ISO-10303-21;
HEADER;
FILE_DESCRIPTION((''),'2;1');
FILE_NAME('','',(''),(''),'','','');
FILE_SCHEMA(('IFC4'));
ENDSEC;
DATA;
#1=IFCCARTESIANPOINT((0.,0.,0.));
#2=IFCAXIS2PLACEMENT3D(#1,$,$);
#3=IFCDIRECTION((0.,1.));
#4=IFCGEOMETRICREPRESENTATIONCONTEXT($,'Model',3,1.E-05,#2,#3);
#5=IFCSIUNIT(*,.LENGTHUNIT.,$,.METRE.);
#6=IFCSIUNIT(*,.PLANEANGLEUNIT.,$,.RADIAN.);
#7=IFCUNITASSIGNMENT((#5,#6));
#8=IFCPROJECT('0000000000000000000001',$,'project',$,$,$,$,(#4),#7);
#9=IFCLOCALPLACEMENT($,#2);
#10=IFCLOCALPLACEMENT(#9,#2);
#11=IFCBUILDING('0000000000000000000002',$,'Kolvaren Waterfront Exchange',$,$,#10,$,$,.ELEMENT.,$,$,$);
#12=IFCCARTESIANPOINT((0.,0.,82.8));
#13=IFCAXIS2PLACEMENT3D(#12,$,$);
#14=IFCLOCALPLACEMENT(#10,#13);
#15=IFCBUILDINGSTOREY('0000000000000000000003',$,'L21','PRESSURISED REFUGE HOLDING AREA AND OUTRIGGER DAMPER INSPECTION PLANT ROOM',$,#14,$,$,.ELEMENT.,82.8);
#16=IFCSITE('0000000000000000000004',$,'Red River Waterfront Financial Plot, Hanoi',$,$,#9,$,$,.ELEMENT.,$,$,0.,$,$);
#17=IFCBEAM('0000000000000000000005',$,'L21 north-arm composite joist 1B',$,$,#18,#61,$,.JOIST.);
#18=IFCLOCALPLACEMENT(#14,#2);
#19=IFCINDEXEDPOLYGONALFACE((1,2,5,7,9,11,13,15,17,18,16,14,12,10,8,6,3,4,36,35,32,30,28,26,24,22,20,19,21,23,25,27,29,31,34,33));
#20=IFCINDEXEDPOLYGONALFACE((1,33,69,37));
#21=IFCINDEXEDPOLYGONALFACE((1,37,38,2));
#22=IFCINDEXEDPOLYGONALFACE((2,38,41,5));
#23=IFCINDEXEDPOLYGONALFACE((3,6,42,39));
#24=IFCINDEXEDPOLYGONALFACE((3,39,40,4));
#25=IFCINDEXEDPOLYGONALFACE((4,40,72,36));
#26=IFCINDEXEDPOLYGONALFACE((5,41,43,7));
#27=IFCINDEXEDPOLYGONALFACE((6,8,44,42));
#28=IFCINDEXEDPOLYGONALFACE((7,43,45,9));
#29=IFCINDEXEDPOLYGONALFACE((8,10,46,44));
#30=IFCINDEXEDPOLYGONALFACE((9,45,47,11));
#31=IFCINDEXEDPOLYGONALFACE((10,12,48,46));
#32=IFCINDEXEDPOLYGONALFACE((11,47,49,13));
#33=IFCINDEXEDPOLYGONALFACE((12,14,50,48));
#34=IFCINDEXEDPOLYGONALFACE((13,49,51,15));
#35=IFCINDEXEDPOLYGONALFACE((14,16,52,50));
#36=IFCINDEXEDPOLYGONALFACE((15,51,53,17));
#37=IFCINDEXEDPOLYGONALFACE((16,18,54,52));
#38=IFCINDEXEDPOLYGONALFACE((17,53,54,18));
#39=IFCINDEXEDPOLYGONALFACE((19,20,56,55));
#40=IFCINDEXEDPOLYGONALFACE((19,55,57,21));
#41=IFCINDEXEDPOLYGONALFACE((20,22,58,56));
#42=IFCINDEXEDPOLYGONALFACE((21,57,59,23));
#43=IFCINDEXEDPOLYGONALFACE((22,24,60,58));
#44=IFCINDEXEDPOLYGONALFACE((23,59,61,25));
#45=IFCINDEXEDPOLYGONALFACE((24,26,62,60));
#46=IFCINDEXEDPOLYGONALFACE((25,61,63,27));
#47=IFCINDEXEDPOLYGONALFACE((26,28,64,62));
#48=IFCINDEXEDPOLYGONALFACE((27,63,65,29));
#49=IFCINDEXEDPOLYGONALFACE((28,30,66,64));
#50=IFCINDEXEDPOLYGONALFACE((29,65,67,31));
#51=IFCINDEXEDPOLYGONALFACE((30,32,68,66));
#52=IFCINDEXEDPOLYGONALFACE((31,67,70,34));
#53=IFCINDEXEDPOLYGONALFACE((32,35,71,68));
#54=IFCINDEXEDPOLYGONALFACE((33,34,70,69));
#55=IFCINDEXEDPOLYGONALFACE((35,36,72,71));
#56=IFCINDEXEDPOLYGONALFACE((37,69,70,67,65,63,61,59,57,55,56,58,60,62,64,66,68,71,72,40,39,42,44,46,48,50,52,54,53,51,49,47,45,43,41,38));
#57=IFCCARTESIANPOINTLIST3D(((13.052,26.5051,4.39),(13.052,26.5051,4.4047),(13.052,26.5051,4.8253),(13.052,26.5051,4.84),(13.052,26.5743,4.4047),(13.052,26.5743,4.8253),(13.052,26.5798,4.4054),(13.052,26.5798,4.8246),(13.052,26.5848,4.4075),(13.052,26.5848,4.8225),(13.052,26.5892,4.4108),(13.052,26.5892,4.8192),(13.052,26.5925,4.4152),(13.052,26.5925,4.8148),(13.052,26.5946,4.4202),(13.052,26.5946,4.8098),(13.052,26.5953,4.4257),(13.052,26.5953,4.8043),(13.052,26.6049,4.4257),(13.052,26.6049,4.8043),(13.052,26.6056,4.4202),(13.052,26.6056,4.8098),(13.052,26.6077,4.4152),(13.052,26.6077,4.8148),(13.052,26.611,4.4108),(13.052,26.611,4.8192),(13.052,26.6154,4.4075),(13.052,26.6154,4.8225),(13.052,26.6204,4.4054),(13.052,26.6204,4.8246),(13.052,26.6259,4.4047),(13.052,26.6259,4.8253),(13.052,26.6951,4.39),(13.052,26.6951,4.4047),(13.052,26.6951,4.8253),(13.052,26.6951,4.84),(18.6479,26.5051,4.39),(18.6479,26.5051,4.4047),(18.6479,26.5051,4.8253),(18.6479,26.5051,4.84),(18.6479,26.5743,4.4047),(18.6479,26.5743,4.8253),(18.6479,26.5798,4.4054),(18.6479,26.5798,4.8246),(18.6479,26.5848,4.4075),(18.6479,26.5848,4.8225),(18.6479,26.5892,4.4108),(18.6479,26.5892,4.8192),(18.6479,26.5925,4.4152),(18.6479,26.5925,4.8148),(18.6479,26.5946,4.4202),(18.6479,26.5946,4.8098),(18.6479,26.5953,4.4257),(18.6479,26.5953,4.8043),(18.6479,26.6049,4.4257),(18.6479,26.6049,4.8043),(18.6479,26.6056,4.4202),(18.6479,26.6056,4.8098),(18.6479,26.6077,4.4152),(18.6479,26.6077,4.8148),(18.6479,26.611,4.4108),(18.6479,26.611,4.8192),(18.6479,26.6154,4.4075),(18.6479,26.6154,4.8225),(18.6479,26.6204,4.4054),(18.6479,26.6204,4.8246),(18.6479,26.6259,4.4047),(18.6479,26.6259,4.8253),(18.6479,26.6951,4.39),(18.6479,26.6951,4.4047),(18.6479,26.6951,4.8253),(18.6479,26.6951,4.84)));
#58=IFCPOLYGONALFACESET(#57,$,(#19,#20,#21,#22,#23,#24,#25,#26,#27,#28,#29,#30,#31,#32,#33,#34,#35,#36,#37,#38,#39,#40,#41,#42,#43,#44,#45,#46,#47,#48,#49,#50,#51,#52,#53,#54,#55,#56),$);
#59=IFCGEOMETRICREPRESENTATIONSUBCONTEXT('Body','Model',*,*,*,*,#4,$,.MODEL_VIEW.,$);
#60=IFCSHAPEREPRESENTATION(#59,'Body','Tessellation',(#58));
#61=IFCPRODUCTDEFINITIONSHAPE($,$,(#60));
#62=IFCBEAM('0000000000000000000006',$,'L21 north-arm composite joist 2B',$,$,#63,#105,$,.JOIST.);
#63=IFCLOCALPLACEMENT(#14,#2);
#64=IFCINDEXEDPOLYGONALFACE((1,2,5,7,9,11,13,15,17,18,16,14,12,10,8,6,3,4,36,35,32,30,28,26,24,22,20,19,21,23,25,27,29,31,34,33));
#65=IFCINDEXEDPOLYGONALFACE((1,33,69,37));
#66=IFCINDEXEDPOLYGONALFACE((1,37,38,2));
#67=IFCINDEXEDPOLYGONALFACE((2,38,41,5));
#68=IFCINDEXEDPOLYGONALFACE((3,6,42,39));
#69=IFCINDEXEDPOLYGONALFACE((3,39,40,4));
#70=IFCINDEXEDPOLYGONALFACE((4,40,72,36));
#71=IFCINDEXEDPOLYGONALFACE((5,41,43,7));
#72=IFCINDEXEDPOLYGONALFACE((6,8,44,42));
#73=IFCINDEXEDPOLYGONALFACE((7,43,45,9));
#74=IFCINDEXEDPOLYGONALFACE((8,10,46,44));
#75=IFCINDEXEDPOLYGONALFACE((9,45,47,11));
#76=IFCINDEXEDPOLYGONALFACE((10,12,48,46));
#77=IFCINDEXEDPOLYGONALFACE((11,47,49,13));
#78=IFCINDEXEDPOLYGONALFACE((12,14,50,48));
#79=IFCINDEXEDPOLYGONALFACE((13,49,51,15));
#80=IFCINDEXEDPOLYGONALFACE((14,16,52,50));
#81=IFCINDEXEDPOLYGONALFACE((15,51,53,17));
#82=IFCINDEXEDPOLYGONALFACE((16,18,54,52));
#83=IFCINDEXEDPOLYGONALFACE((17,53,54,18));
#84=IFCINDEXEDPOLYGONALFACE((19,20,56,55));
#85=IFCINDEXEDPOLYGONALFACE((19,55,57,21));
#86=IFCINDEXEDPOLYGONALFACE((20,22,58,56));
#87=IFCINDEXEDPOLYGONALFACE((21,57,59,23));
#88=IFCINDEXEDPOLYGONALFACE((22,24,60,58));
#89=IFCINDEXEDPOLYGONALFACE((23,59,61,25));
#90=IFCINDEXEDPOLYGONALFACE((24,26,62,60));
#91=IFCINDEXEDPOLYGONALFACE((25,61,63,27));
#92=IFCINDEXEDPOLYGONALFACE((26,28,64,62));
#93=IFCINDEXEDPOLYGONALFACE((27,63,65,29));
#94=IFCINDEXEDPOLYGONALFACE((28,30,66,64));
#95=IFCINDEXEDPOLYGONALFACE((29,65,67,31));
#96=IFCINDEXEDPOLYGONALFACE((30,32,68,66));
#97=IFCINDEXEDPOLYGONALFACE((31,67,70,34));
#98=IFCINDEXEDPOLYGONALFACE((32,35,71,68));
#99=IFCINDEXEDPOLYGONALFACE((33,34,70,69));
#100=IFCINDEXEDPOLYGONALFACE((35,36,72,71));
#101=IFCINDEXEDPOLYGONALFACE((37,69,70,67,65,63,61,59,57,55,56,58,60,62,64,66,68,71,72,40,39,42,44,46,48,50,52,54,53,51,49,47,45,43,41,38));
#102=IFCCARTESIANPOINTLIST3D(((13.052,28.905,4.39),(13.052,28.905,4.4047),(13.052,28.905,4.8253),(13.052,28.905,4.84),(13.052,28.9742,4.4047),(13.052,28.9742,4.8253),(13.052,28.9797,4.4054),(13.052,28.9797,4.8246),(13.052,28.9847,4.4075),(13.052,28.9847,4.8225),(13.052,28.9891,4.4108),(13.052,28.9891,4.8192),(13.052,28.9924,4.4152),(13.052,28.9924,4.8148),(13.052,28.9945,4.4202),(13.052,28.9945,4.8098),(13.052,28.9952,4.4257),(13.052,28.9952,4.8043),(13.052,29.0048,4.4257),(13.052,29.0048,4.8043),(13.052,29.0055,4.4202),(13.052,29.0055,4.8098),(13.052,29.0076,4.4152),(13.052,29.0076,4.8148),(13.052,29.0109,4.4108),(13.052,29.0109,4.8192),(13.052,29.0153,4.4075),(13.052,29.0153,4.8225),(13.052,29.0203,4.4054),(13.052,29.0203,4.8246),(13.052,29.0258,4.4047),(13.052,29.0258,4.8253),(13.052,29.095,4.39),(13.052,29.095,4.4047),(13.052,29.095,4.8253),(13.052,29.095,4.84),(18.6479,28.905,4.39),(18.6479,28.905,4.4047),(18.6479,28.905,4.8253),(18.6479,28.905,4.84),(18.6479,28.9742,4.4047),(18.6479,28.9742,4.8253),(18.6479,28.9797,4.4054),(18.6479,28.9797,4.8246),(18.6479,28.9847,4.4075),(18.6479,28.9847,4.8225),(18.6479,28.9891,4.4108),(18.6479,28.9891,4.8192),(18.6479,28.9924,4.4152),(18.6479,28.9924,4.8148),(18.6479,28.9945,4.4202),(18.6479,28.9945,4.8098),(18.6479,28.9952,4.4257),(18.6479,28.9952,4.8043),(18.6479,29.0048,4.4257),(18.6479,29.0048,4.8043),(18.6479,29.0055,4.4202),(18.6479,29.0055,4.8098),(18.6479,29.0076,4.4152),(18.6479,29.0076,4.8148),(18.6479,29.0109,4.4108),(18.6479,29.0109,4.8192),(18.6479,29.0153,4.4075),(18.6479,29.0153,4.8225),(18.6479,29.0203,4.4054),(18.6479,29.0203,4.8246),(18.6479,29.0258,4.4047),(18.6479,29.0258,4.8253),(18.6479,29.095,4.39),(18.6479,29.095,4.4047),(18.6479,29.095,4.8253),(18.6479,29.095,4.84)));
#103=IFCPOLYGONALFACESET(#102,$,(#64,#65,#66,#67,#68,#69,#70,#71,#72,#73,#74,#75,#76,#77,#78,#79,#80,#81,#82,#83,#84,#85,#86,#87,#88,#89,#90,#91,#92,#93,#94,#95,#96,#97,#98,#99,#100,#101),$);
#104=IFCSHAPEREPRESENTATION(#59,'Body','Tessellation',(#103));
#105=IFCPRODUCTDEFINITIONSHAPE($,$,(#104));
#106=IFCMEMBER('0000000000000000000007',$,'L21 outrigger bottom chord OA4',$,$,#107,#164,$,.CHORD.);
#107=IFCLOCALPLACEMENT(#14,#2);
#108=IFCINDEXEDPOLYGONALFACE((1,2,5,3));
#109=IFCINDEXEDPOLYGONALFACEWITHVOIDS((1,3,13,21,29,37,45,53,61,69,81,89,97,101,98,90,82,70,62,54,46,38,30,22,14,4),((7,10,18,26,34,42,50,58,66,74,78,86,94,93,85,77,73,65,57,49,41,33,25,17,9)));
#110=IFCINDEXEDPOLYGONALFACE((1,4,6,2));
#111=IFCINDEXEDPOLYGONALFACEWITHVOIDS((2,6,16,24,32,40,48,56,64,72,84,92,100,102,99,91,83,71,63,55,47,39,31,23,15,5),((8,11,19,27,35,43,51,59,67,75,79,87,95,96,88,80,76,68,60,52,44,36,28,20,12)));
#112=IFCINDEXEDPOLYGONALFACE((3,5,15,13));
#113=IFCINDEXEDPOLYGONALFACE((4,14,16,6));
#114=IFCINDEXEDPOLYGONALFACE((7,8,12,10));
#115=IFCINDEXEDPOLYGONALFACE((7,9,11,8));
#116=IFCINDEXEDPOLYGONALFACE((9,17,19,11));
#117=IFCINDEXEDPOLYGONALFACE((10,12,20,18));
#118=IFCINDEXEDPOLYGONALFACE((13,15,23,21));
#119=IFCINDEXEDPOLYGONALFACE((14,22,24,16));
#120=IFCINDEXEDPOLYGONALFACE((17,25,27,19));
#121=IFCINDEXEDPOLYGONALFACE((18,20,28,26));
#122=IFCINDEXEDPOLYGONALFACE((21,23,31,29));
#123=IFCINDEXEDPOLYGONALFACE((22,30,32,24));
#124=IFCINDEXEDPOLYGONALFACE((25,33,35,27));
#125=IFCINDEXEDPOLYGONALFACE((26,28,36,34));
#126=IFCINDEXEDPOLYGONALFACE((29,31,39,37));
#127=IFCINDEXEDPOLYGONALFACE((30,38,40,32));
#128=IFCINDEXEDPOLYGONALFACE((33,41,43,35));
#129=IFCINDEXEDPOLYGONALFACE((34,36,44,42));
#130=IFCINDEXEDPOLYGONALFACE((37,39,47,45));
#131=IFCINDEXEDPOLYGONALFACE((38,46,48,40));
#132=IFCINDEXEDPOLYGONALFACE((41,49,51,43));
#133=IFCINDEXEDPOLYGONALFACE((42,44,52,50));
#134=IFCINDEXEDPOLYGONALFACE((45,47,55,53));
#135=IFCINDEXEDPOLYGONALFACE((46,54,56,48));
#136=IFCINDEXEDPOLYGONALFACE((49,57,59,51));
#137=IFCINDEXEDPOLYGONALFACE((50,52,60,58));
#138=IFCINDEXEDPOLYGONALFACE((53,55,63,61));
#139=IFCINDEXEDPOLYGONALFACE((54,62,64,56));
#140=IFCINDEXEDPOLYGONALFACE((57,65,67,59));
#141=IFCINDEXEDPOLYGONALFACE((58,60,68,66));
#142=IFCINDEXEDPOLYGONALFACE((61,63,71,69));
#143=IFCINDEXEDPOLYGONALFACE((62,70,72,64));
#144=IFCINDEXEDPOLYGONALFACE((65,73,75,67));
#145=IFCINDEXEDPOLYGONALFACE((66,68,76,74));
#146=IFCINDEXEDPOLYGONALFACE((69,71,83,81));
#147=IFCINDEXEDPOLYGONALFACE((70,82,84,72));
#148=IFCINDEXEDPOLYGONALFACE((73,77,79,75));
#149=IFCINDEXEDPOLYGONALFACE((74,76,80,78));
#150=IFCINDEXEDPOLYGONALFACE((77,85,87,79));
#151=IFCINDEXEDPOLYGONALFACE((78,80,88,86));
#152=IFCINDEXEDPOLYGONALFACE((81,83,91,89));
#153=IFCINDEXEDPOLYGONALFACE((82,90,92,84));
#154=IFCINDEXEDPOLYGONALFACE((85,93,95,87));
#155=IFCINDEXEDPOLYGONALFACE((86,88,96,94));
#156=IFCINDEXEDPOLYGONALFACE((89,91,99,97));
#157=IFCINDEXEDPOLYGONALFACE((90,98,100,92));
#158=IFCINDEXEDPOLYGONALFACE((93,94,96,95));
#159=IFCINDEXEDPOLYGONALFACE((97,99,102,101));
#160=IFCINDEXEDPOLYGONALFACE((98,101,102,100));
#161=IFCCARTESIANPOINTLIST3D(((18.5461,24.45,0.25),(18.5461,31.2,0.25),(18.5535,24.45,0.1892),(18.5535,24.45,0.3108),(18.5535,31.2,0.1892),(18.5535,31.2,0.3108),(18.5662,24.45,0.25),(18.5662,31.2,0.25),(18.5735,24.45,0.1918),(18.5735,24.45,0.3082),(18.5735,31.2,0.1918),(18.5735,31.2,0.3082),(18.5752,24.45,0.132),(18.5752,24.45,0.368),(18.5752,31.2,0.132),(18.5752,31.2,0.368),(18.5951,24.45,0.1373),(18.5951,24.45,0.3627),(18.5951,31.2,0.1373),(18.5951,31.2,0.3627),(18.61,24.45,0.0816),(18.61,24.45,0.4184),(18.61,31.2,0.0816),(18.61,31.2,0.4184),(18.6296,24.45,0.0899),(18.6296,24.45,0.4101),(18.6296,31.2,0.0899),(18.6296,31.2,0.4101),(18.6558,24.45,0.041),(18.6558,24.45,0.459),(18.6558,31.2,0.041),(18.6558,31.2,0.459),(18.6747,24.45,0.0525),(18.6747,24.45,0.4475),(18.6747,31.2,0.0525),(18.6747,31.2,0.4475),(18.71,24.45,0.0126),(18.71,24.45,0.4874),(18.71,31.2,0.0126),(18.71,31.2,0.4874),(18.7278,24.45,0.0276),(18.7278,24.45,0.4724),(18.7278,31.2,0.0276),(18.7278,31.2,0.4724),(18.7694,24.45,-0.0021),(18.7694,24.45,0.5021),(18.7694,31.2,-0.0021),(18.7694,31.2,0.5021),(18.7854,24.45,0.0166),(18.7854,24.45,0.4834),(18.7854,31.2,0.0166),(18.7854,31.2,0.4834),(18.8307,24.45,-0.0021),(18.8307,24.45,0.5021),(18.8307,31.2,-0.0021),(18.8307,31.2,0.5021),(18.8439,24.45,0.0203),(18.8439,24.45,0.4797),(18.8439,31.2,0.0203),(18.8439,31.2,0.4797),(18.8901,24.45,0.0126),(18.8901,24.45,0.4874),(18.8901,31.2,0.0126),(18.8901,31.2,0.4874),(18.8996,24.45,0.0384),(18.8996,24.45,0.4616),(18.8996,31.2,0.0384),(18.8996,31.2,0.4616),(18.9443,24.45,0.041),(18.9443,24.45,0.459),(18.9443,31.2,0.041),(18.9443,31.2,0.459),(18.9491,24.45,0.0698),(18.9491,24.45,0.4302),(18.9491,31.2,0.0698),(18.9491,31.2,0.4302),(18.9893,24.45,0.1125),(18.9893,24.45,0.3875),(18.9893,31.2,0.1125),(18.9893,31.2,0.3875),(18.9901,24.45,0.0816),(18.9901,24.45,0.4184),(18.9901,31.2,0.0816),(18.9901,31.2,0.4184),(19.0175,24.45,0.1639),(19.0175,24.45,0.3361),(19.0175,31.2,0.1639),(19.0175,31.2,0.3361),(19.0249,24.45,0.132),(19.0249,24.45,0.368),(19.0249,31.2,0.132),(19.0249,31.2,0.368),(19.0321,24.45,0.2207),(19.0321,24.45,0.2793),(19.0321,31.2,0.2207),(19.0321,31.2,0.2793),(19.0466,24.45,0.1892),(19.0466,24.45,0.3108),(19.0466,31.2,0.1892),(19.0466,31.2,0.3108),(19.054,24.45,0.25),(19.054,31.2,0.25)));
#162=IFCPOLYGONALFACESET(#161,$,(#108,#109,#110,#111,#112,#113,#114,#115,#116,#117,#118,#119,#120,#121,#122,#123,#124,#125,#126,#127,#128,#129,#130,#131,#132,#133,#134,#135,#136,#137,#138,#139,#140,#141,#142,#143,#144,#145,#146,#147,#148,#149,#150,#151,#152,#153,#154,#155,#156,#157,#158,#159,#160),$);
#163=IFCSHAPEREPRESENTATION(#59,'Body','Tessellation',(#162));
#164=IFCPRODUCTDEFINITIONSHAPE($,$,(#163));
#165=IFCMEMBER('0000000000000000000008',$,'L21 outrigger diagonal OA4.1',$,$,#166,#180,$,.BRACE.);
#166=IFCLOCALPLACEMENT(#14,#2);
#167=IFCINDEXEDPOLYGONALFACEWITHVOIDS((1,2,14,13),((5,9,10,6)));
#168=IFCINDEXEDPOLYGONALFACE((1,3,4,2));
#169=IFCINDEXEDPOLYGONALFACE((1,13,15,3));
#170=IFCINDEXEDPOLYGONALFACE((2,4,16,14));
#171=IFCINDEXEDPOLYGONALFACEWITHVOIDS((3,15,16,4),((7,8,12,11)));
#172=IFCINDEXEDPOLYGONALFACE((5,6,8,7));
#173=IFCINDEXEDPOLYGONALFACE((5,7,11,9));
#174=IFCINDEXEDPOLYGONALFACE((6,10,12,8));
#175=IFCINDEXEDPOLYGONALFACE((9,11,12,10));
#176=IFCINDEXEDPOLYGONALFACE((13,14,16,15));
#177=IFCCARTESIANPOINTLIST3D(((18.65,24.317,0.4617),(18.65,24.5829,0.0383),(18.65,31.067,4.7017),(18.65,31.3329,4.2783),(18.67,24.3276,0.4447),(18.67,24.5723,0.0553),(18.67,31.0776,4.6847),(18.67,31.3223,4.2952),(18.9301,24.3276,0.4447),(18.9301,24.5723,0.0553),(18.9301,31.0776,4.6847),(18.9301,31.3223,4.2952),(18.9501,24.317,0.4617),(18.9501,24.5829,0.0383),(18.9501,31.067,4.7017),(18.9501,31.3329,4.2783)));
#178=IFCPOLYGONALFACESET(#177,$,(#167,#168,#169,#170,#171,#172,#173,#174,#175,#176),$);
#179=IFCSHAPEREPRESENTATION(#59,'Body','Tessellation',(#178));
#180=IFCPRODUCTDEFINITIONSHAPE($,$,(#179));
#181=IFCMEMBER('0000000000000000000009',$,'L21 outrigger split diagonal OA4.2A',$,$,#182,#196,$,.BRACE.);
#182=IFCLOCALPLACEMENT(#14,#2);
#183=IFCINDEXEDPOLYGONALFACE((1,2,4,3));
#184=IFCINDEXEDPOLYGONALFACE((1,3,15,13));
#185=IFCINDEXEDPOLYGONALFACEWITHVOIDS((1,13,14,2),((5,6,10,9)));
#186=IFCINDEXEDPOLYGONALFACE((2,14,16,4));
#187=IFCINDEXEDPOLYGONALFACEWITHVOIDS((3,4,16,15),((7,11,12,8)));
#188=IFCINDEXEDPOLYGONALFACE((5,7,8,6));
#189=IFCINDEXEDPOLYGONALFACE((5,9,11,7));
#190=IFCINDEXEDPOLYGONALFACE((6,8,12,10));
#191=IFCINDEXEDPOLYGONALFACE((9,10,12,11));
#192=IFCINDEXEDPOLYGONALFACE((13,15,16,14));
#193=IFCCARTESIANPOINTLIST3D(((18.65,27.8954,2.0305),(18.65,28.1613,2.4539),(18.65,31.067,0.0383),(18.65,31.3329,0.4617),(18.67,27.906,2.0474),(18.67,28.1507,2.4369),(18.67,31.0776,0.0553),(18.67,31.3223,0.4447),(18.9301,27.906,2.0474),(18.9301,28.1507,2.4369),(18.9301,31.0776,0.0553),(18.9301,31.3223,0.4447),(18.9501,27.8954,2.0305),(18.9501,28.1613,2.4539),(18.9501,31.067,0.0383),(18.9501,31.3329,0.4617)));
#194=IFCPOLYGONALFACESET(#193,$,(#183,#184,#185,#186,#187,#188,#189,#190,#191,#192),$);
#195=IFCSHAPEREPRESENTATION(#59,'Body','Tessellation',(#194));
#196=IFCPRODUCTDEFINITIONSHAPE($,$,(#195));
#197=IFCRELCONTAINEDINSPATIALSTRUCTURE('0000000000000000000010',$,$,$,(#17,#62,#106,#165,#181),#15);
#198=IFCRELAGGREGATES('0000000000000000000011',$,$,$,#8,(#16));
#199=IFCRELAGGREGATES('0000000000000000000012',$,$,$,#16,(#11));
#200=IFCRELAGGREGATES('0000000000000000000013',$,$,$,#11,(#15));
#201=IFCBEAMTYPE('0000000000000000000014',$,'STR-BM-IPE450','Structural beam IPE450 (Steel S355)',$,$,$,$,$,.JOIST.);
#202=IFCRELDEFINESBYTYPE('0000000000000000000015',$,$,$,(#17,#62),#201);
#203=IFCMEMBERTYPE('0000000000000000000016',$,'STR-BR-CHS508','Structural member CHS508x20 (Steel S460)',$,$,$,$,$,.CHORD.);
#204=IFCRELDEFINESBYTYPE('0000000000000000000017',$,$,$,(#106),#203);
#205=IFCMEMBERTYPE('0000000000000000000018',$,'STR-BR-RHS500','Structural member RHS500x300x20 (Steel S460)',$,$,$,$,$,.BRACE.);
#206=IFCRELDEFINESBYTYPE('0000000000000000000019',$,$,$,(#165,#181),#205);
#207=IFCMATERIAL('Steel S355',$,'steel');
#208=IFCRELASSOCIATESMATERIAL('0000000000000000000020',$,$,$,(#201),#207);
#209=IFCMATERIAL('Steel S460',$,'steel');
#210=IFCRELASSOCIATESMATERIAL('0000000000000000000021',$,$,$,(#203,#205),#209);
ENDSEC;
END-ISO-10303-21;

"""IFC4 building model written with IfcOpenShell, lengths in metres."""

from ifc_helpers import new_model, si_unit, direction, frame, origin, origin_2d, place, context, subcontext, project, spatial, hollow_rectangle, hollow_circle, i_section, extrude, material, material_profile, profile_set, type_object, element, save


model = new_model("IFC4")

# Units and contexts
model_context = context("Model", 3, precision=1e-05, world=origin(), true_north=direction((0.0, 1.0)))
body_context = subcontext(model_context, "Body", "Model", "MODEL_VIEW")
ifc_project = project(units=[si_unit("LENGTHUNIT", "METRE"), si_unit("PLANEANGLEUNIT", "RADIAN")], contexts=[model_context])

# Site, building, storey
site_placement = place(None, origin())
site = spatial("IfcSite", under=ifc_project, at=site_placement, Name="Red River Waterfront Financial Plot, Hanoi", CompositionType="ELEMENT", RefElevation=0.0)
building_placement = place(site_placement, origin())
building = spatial("IfcBuilding", under=site, at=building_placement, Name="Kolvaren Waterfront Exchange", CompositionType="ELEMENT")
storey_placement = place(building_placement, frame((0.0, 0.0, 82.8)))
storey = spatial("IfcBuildingStorey", under=building, at=storey_placement, Name="L21", Description="PRESSURISED REFUGE HOLDING AREA AND OUTRIGGER DAMPER INSPECTION PLANT ROOM", CompositionType="ELEMENT", Elevation=82.8)

# Beams
ifc_material_1 = material(Name="Steel S355", Category="steel")
ifc_material_profile_1 = material_profile(ifc_material_1, i_section(OverallWidth=0.1899, OverallDepth=0.45, WebThickness=0.0095, FlangeThickness=0.0146, FilletRadius=0.021, at=origin_2d()), Name="IPE450")
ifc_profile_set_1 = profile_set([ifc_material_profile_1], Name="Steel S355")
beam_type_1 = type_object("IfcBeamType", Name="STR-BM-IPE450", Description="Structural beam IPE450 (Steel S355)", PredefinedType="JOIST", material=ifc_profile_set_1)
for number, where, z_axis, x_axis, name in (
    (1, (13.052, 26.6001, 4.615), (1.0, 0.0, 0.0), (0.0, 1.0, 0.0), "L21 north-arm composite joist 1B"),
    (2, (13.052, 29.0, 4.615), (1.0, 0.0, 0.0), (0.0, 1.0, 0.0), "L21 north-arm composite joist 2B"),
):
    element("IfcBeam", number, at=place(storey_placement, frame(where, z_axis=z_axis, x_axis=x_axis)), inside=storey, type_object=beam_type_1, Name=name, PredefinedType="JOIST", context=body_context, shape_type="SweptSolid", body=[
        extrude(i_section(OverallWidth=0.1899, OverallDepth=0.45, WebThickness=0.0095, FlangeThickness=0.0146, FilletRadius=0.021, at=origin_2d()), origin(), (0.0, 0.0, 1.0), 5.5959),
    ])

# Members
ifc_material_2 = material(Name="Steel S460", Category="steel")
ifc_material_profile_2 = material_profile(ifc_material_2, hollow_circle(Radius=0.2539, WallThickness=0.02, at=origin_2d()), Name="CHS508x20")
ifc_profile_set_2 = profile_set([ifc_material_profile_2], Name="Steel S460")
member_type_1 = type_object("IfcMemberType", Name="STR-BR-CHS508", Description="Structural member CHS508x20 (Steel S460)", PredefinedType="CHORD", material=ifc_profile_set_2)
member_1_placement = place(storey_placement, frame((18.8, 24.45, 0.25), z_axis=(0.0, 1.0, 0.0), x_axis=(-1.0, 0.0, 0.0)))
element("IfcMember", 3, at=member_1_placement, inside=storey, type_object=member_type_1, Name="L21 outrigger bottom chord OA4", PredefinedType="CHORD", context=body_context, shape_type="SweptSolid", body=[
    extrude(hollow_circle(Radius=0.2539, WallThickness=0.02, at=origin_2d()), origin(), (0.0, 0.0, 1.0), 6.75),
])
ifc_material_profile_3 = material_profile(ifc_material_2, hollow_rectangle(XDim=0.3, YDim=0.5, WallThickness=0.02, at=origin_2d()), Name="RHS500x300x20")
ifc_profile_set_3 = profile_set([ifc_material_profile_3], Name="Steel S460")
member_type_2 = type_object("IfcMemberType", Name="STR-BR-RHS500", Description="Structural member RHS500x300x20 (Steel S460)", PredefinedType="BRACE", material=ifc_profile_set_3)
member_2_placement = place(storey_placement, frame((18.8, 24.45, 0.25), z_axis=(0.0, 0.846799, 0.531914), x_axis=(-1.0, 0.0, 0.0)))
element("IfcMember", 4, at=member_2_placement, inside=storey, type_object=member_type_2, Name="L21 outrigger diagonal OA4.1", PredefinedType="BRACE", context=body_context, shape_type="SweptSolid", body=[
    extrude(hollow_rectangle(XDim=0.3, YDim=0.5, WallThickness=0.02, at=origin_2d()), origin(), (0.0, 0.0, 1.0), 7.9712),
])
member_3_placement = place(storey_placement, frame((18.8, 31.2, 0.25), z_axis=(0.0, -0.846806, 0.531902), x_axis=(1.0, 0.0, 0.0)))
element("IfcMember", 5, at=member_3_placement, inside=storey, type_object=member_type_2, Name="L21 outrigger split diagonal OA4.2A", PredefinedType="BRACE", context=body_context, shape_type="SweptSolid", body=[
    extrude(hollow_rectangle(XDim=0.3, YDim=0.5, WallThickness=0.02, at=origin_2d()), origin(), (0.0, 0.0, 1.0), 3.7454),
])

save(model, "model.ifc")
